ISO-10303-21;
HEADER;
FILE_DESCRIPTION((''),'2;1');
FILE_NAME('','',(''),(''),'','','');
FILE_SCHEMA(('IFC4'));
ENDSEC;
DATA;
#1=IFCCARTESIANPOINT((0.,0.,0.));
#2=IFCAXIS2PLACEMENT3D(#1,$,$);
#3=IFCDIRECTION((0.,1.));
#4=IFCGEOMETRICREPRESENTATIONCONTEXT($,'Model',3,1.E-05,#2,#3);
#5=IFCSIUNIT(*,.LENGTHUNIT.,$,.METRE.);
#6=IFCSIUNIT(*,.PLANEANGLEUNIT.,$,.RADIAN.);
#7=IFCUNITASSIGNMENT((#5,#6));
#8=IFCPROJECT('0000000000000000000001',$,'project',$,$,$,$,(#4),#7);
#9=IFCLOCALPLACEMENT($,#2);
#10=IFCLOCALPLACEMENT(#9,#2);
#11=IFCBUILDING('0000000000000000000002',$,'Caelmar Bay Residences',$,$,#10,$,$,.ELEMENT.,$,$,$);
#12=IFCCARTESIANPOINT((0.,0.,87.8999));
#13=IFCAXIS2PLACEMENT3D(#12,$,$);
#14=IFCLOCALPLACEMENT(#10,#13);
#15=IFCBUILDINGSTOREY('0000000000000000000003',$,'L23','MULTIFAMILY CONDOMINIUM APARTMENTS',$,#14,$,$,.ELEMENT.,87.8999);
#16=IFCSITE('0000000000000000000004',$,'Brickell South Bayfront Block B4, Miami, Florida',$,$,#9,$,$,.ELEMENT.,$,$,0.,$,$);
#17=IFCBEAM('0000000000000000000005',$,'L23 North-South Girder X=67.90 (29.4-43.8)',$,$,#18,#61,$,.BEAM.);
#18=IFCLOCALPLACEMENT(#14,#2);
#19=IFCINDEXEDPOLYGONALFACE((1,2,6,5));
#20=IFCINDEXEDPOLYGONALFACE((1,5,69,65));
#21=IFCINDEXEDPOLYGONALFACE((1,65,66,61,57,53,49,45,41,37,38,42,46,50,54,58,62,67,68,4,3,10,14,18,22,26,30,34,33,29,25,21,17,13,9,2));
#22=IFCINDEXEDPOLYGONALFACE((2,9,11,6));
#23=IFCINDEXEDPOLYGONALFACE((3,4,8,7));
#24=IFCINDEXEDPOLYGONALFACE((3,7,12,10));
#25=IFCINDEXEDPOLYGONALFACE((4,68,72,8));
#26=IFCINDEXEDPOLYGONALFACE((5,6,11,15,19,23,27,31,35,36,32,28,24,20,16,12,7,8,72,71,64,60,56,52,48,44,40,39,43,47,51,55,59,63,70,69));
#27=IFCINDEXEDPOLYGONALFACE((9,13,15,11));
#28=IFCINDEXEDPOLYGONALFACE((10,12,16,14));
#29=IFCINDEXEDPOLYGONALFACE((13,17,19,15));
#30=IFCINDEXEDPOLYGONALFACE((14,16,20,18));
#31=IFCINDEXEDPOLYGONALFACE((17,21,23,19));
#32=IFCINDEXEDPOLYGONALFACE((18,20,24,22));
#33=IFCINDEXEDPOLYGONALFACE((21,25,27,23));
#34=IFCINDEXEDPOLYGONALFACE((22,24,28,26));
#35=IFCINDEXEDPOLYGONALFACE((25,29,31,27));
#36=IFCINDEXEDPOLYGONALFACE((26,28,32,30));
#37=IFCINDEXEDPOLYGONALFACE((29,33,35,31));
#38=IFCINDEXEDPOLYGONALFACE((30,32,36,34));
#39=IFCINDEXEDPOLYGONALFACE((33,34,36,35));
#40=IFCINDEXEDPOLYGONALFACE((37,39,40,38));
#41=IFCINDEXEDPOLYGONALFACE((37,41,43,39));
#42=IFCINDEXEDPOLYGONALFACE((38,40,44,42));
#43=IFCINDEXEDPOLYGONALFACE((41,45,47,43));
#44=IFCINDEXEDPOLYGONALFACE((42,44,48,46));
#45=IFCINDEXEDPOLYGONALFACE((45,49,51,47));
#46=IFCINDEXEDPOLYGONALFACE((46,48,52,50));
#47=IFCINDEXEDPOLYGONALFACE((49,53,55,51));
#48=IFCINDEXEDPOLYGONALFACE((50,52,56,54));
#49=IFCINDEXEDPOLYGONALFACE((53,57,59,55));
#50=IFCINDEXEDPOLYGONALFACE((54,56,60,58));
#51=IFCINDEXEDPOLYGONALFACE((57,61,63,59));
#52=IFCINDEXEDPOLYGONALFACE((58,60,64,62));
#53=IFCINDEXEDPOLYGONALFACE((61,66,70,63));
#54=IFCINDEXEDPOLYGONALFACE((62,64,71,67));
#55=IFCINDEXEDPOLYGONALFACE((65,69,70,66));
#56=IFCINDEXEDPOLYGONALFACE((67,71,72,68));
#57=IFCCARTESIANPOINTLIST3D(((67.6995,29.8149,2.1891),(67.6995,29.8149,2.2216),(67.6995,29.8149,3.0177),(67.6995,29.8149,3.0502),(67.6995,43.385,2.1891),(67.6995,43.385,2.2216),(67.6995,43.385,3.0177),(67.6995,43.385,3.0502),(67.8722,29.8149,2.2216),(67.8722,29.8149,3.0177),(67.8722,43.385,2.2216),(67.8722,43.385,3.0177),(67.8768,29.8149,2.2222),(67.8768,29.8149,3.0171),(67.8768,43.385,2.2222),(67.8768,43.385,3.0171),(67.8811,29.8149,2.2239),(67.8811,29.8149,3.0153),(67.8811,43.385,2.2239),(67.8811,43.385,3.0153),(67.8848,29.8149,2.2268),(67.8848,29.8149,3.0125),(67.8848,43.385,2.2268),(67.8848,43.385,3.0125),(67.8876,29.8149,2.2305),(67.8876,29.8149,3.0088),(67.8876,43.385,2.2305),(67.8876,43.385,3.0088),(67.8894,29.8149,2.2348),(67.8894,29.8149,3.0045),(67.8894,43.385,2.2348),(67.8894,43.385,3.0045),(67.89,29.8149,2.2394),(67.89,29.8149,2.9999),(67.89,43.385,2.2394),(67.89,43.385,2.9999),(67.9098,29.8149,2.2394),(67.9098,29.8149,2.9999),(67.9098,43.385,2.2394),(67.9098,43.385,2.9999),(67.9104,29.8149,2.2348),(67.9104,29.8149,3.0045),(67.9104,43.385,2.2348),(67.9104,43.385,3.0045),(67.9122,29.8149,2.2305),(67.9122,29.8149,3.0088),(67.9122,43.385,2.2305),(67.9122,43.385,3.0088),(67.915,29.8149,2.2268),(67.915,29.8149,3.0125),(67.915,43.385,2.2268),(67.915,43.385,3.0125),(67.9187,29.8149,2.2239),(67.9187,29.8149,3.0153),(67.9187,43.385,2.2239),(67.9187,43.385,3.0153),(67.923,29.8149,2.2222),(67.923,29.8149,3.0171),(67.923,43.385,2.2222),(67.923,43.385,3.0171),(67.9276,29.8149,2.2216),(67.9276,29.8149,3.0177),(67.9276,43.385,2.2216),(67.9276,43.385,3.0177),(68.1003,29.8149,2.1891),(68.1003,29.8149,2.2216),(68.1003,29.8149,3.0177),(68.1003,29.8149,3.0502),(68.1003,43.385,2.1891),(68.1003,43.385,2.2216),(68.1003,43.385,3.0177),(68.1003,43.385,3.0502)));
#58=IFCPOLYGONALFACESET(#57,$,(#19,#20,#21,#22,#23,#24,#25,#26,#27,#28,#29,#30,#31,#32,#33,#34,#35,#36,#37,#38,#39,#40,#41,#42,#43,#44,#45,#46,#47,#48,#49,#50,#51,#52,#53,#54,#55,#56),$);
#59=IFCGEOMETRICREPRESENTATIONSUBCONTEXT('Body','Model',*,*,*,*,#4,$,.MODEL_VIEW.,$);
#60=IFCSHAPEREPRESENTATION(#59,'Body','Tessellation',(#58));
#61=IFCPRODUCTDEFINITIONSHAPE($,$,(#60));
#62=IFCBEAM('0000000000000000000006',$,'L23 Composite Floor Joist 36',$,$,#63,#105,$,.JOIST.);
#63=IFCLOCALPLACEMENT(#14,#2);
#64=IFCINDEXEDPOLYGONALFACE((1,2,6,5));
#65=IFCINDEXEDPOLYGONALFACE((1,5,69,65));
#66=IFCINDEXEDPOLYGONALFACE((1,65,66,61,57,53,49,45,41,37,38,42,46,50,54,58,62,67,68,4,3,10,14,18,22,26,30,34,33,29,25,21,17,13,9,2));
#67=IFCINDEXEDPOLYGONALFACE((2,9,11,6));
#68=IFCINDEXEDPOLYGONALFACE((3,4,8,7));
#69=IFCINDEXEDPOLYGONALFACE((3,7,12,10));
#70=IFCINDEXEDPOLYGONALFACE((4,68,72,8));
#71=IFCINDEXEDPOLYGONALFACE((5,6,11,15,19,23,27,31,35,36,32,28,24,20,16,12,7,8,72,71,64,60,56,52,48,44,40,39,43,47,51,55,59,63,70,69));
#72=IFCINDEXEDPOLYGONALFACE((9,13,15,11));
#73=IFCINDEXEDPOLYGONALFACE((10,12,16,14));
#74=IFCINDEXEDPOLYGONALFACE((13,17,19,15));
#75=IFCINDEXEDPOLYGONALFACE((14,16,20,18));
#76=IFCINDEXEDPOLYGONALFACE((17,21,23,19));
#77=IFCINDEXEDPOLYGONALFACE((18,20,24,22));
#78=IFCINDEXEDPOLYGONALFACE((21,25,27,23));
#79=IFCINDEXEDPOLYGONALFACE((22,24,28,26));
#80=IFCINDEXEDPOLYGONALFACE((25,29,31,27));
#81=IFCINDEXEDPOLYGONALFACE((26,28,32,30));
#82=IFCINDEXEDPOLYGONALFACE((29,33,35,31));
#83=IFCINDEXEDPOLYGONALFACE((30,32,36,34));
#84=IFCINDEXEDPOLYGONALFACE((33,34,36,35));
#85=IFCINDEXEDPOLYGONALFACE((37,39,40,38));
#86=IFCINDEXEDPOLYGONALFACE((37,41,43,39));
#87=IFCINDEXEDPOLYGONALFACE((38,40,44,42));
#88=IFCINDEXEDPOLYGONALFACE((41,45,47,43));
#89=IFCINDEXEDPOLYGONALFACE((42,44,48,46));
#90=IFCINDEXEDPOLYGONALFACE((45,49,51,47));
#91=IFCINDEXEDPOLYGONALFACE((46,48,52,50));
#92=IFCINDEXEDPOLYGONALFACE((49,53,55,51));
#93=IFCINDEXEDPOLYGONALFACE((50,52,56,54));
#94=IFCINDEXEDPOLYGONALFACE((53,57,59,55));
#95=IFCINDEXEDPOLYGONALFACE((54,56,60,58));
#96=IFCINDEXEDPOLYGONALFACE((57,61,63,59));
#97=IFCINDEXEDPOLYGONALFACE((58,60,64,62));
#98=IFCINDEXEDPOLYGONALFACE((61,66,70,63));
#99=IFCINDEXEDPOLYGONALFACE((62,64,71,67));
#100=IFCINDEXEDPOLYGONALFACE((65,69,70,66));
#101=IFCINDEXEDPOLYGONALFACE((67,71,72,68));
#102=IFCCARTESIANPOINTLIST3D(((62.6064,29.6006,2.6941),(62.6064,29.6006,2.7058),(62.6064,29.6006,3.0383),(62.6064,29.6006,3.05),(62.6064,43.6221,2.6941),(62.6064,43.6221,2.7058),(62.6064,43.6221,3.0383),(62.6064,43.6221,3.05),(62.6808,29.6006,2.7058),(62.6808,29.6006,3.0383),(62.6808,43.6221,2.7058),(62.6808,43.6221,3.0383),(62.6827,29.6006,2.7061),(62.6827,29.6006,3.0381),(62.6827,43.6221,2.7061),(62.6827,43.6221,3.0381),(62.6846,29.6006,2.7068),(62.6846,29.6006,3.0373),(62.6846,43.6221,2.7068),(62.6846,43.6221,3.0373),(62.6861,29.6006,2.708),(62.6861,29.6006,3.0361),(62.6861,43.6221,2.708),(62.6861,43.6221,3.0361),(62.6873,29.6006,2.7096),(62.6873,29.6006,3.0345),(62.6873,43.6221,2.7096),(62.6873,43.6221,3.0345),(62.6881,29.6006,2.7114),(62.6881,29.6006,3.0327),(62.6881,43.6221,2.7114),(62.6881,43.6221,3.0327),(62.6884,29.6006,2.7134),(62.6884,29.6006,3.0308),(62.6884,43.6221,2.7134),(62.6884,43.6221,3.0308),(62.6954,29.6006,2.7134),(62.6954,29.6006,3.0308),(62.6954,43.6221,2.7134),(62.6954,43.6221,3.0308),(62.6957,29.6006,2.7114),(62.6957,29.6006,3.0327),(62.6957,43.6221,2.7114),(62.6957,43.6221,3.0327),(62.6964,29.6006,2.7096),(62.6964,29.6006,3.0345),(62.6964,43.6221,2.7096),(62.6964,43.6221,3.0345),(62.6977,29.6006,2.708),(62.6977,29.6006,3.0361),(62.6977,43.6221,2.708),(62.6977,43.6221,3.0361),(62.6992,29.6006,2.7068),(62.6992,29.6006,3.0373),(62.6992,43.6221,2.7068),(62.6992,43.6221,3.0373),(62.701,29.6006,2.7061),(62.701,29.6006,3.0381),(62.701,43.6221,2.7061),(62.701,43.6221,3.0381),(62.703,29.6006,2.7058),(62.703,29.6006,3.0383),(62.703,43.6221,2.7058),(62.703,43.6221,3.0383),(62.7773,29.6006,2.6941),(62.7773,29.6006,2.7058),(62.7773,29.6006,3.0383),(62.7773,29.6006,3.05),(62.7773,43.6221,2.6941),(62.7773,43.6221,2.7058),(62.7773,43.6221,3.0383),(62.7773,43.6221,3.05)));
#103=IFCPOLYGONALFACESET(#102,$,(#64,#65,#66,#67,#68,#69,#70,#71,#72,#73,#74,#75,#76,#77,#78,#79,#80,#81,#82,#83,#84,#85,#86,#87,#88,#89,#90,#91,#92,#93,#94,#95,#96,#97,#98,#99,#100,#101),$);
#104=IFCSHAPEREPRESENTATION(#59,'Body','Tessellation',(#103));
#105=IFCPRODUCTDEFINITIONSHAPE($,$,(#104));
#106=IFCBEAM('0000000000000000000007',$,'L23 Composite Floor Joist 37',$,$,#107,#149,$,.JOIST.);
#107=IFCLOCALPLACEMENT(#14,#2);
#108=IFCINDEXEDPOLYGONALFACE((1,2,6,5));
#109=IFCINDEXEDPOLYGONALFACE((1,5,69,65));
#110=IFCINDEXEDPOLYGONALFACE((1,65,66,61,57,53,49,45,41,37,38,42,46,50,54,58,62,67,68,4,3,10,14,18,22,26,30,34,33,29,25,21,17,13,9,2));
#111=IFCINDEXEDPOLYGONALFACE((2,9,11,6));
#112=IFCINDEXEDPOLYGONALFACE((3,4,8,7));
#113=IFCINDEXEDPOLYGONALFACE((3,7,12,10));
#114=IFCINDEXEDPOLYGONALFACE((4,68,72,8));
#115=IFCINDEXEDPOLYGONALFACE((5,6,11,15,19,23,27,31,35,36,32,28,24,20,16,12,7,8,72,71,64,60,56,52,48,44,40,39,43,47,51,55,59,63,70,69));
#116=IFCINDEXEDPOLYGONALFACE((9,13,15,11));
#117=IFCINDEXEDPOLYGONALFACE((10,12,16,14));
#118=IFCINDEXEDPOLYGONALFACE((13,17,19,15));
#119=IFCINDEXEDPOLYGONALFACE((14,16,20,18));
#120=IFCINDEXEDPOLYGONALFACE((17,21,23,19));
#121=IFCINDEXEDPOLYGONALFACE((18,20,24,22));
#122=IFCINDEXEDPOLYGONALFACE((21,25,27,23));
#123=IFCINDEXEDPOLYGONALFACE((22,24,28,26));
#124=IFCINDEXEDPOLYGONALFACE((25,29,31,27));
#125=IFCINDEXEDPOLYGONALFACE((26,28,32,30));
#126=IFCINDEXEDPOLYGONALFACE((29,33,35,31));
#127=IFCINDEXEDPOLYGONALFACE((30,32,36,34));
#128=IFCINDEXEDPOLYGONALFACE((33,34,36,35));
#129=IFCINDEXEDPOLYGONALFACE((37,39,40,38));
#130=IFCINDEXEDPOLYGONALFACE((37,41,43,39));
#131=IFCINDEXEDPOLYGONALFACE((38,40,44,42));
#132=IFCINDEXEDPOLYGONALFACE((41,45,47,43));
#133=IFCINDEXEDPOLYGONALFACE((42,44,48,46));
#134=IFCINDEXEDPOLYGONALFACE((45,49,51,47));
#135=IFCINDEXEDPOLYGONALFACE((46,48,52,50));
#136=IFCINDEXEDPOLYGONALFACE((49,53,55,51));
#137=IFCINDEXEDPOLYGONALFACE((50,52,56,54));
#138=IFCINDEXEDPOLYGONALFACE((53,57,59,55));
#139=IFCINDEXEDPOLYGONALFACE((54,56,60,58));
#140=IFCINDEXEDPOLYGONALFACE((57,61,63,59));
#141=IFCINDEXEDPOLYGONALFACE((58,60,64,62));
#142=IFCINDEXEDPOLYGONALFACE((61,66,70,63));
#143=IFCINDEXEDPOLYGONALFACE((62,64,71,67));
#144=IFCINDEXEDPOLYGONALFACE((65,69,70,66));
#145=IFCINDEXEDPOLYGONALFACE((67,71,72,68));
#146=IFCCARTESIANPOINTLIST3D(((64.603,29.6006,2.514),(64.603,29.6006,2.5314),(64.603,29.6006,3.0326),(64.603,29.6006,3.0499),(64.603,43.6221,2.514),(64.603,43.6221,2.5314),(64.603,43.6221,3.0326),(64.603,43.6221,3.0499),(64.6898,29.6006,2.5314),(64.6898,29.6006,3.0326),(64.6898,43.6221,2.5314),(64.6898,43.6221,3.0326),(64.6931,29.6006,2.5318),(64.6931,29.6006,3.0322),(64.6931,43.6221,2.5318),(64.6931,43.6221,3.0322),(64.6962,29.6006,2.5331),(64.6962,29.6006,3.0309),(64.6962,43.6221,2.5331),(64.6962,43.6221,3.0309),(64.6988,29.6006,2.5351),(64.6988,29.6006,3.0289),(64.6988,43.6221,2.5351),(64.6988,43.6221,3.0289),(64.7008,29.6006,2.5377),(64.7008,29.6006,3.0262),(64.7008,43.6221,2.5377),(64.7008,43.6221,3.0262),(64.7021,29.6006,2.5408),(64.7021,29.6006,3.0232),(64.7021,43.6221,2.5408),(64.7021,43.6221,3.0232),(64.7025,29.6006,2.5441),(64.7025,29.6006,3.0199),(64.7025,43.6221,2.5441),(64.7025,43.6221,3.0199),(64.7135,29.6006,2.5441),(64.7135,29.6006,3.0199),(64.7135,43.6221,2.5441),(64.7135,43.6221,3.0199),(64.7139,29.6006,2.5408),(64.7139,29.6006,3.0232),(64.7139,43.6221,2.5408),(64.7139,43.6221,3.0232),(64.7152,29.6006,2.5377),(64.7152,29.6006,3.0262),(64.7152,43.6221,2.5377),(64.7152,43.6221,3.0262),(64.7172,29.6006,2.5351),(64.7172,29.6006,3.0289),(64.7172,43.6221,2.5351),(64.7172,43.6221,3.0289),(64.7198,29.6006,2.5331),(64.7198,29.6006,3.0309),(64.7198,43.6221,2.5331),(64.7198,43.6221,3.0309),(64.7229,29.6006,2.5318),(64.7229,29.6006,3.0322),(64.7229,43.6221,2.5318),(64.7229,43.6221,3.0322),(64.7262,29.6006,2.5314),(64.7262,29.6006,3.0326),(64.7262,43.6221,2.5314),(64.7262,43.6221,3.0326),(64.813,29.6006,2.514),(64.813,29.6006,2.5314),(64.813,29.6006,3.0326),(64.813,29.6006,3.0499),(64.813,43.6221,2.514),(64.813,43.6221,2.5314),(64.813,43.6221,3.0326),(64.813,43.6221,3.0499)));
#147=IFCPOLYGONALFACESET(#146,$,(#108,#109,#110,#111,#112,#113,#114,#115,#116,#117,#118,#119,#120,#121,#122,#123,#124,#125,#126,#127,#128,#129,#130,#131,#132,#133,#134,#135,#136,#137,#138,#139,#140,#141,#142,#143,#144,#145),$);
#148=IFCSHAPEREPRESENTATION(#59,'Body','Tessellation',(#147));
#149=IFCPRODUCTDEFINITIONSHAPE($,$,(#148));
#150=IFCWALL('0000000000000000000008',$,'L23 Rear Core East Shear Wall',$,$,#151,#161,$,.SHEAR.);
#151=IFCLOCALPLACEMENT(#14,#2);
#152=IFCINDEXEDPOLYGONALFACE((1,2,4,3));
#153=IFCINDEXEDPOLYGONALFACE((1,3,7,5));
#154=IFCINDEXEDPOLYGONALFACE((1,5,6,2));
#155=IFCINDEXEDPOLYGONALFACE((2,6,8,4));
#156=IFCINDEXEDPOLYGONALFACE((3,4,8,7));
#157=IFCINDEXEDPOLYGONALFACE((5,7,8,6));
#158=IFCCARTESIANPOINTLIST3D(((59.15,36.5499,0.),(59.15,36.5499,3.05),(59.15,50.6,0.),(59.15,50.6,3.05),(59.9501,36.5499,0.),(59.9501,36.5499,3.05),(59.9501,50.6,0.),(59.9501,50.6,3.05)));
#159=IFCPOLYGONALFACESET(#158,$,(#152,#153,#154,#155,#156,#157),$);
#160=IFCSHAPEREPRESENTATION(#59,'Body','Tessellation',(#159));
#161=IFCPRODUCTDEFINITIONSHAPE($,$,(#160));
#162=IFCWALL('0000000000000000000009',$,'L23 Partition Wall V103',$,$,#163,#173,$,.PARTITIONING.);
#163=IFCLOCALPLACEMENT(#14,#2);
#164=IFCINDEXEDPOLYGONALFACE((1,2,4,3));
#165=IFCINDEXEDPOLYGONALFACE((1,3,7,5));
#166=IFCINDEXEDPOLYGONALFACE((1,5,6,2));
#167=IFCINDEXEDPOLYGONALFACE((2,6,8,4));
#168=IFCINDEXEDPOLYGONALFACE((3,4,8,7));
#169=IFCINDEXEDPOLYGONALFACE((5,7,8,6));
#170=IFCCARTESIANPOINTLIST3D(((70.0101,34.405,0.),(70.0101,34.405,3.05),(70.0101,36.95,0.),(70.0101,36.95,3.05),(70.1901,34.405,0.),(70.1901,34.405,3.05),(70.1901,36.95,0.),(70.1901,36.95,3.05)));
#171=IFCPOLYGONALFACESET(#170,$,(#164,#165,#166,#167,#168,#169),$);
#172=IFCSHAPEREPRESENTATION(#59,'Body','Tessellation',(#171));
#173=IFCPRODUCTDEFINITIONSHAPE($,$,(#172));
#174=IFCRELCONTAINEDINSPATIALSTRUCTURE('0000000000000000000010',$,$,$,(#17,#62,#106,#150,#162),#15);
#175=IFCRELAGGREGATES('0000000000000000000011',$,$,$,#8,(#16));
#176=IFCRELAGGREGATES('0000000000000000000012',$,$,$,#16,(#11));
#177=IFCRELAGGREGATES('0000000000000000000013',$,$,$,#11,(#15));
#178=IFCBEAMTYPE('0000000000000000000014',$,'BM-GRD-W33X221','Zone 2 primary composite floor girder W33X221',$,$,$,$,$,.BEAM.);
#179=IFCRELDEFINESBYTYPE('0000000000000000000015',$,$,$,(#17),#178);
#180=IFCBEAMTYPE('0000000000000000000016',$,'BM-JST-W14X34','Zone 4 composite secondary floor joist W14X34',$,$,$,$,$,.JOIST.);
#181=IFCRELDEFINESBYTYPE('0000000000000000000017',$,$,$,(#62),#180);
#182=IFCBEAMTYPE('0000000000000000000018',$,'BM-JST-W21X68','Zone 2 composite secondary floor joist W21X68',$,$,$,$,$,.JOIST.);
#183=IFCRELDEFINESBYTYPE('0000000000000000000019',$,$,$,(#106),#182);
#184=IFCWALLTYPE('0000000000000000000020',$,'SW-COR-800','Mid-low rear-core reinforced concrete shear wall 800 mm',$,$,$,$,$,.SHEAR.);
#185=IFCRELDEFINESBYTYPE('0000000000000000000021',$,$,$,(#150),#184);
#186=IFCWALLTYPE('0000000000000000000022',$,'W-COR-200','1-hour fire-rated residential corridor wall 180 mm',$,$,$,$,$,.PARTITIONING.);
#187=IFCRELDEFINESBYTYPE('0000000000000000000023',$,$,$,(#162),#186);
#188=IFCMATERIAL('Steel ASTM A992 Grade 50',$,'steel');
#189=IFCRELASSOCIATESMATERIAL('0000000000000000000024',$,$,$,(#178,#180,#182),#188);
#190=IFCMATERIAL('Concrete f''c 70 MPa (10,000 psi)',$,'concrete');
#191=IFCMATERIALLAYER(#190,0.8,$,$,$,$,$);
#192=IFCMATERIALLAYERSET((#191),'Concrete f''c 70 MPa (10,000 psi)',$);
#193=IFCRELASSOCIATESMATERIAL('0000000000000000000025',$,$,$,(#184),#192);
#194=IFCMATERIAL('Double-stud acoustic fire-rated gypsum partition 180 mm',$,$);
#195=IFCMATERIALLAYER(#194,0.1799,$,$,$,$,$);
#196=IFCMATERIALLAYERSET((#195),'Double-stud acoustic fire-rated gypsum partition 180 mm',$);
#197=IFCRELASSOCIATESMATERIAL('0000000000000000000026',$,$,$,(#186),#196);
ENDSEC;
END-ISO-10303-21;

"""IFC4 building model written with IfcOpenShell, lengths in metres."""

from ifc_helpers import new_model, si_unit, direction, frame, frame_2d, origin, origin_2d, place, context, subcontext, project, spatial, rectangle, i_section, extrude, material, layer, layer_set, material_profile, profile_set, type_object, element, save


model = new_model("IFC4")

# Units and contexts
model_context = context("Model", 3, precision=1e-05, world=origin(), true_north=direction((0.0, 1.0)))
body_context = subcontext(model_context, "Body", "Model", "MODEL_VIEW")
ifc_project = project(units=[si_unit("LENGTHUNIT", "METRE"), si_unit("PLANEANGLEUNIT", "RADIAN")], contexts=[model_context])

# Site, building, storey
site_placement = place(None, origin())
site = spatial("IfcSite", under=ifc_project, at=site_placement, Name="Brickell South Bayfront Block B4, Miami, Florida", CompositionType="ELEMENT", RefElevation=0.0)
building_placement = place(site_placement, origin())
building = spatial("IfcBuilding", under=site, at=building_placement, Name="Caelmar Bay Residences", CompositionType="ELEMENT")
storey_placement = place(building_placement, frame((0.0, 0.0, 87.8999)))
storey = spatial("IfcBuildingStorey", under=building, at=storey_placement, Name="L23", Description="MULTIFAMILY CONDOMINIUM APARTMENTS", CompositionType="ELEMENT", Elevation=87.8999)

# Beams
ifc_material_1 = material(Name="Steel ASTM A992 Grade 50", Category="steel")
ifc_material_profile_1 = material_profile(ifc_material_1, i_section(OverallWidth=0.4009, OverallDepth=0.8611, WebThickness=0.0198, FlangeThickness=0.0325, FilletRadius=0.0178, at=origin_2d()), Name="W33X221")
ifc_profile_set_1 = profile_set([ifc_material_profile_1], Name="Steel ASTM A992 Grade 50")
beam_type_1 = type_object("IfcBeamType", Name="BM-GRD-W33X221", Description="Zone 2 primary composite floor girder W33X221", PredefinedType="BEAM", material=ifc_profile_set_1)
beam_1_placement = place(storey_placement, frame((67.8999, 29.8149, 2.6196), z_axis=(0.0, 1.0, 0.0), x_axis=(-1.0, 0.0, 0.0)))
element("IfcBeam", 1, at=beam_1_placement, inside=storey, type_object=beam_type_1, Name="L23 North-South Girder X=67.90 (29.4-43.8)", PredefinedType="BEAM", context=body_context, shape_type="SweptSolid", body=[
    extrude(i_section(OverallWidth=0.4009, OverallDepth=0.8611, WebThickness=0.0198, FlangeThickness=0.0325, FilletRadius=0.0178, at=origin_2d()), origin(), (0.0, 0.0, 1.0), 13.5701),
])
ifc_material_profile_2 = material_profile(ifc_material_1, i_section(OverallWidth=0.1709, OverallDepth=0.356, WebThickness=0.0071, FlangeThickness=0.0117, FilletRadius=0.0076, at=origin_2d()), Name="W14X34")
ifc_profile_set_2 = profile_set([ifc_material_profile_2], Name="Steel ASTM A992 Grade 50")
beam_type_2 = type_object("IfcBeamType", Name="BM-JST-W14X34", Description="Zone 4 composite secondary floor joist W14X34", PredefinedType="JOIST", material=ifc_profile_set_2)
beam_2_placement = place(storey_placement, frame((62.6919, 29.6006, 2.8721), z_axis=(0.0, 1.0, 0.0), x_axis=(-1.0, 0.0, 0.0)))
element("IfcBeam", 2, at=beam_2_placement, inside=storey, type_object=beam_type_2, Name="L23 Composite Floor Joist 36", PredefinedType="JOIST", context=body_context, shape_type="SweptSolid", body=[
    extrude(i_section(OverallWidth=0.1709, OverallDepth=0.356, WebThickness=0.0071, FlangeThickness=0.0117, FilletRadius=0.0076, at=origin_2d()), origin(), (0.0, 0.0, 1.0), 14.0215),
])
ifc_material_profile_3 = material_profile(ifc_material_1, i_section(OverallWidth=0.21, OverallDepth=0.5359, WebThickness=0.011, FlangeThickness=0.0173, FilletRadius=0.0127, at=origin_2d()), Name="W21X68")
ifc_profile_set_3 = profile_set([ifc_material_profile_3], Name="Steel ASTM A992 Grade 50")
beam_type_3 = type_object("IfcBeamType", Name="BM-JST-W21X68", Description="Zone 2 composite secondary floor joist W21X68", PredefinedType="JOIST", material=ifc_profile_set_3)
beam_3_placement = place(storey_placement, frame((64.708, 29.6006, 2.782), z_axis=(0.0, 1.0, 0.0), x_axis=(-1.0, 0.0, 0.0)))
element("IfcBeam", 3, at=beam_3_placement, inside=storey, type_object=beam_type_3, Name="L23 Composite Floor Joist 37", PredefinedType="JOIST", context=body_context, shape_type="SweptSolid", body=[
    extrude(i_section(OverallWidth=0.21, OverallDepth=0.5359, WebThickness=0.011, FlangeThickness=0.0173, FilletRadius=0.0127, at=origin_2d()), origin(), (0.0, 0.0, 1.0), 14.0215),
])

# Walls
ifc_material_2 = material(Name="Concrete f'c 70 MPa (10,000 psi)", Category="concrete")
ifc_layer_1 = layer(ifc_material_2, 0.8)
ifc_layer_set_1 = layer_set([ifc_layer_1], Name="Concrete f'c 70 MPa (10,000 psi)")
wall_type_1 = type_object("IfcWallType", Name="SW-COR-800", Description="Mid-low rear-core reinforced concrete shear wall 800 mm", PredefinedType="SHEAR", material=ifc_layer_set_1)
wall_1_placement = place(storey_placement, frame((59.55, 36.55, 0.0), z_axis=(0.0, 0.0, 1.0), x_axis=(0.0, 1.0, 0.0)))
element("IfcWall", 4, at=wall_1_placement, inside=storey, type_object=wall_type_1, Name="L23 Rear Core East Shear Wall", PredefinedType="SHEAR", context=body_context, shape_type="SweptSolid", body=[
    extrude(rectangle(XDim=14.05, YDim=0.8, at=frame_2d((7.0249, 0.0))), origin(), (0.0, 0.0, 1.0), 3.05),
])
ifc_material_3 = material(Name="Double-stud acoustic fire-rated gypsum partition 180 mm")
ifc_layer_2 = layer(ifc_material_3, 0.1799)
ifc_layer_set_2 = layer_set([ifc_layer_2], Name="Double-stud acoustic fire-rated gypsum partition 180 mm")
wall_type_2 = type_object("IfcWallType", Name="W-COR-200", Description="1-hour fire-rated residential corridor wall 180 mm", PredefinedType="PARTITIONING", material=ifc_layer_set_2)
wall_2_placement = place(storey_placement, frame((70.1001, 34.405, 0.0), z_axis=(0.0, 0.0, 1.0), x_axis=(0.0, 1.0, 0.0)))
element("IfcWall", 5, at=wall_2_placement, inside=storey, type_object=wall_type_2, Name="L23 Partition Wall V103", PredefinedType="PARTITIONING", context=body_context, shape_type="SweptSolid", body=[
    extrude(rectangle(XDim=2.5449, YDim=0.1799, at=frame_2d((1.2725, 0.0))), origin(), (0.0, 0.0, 1.0), 3.05),
])

save(model, "model.ifc")
